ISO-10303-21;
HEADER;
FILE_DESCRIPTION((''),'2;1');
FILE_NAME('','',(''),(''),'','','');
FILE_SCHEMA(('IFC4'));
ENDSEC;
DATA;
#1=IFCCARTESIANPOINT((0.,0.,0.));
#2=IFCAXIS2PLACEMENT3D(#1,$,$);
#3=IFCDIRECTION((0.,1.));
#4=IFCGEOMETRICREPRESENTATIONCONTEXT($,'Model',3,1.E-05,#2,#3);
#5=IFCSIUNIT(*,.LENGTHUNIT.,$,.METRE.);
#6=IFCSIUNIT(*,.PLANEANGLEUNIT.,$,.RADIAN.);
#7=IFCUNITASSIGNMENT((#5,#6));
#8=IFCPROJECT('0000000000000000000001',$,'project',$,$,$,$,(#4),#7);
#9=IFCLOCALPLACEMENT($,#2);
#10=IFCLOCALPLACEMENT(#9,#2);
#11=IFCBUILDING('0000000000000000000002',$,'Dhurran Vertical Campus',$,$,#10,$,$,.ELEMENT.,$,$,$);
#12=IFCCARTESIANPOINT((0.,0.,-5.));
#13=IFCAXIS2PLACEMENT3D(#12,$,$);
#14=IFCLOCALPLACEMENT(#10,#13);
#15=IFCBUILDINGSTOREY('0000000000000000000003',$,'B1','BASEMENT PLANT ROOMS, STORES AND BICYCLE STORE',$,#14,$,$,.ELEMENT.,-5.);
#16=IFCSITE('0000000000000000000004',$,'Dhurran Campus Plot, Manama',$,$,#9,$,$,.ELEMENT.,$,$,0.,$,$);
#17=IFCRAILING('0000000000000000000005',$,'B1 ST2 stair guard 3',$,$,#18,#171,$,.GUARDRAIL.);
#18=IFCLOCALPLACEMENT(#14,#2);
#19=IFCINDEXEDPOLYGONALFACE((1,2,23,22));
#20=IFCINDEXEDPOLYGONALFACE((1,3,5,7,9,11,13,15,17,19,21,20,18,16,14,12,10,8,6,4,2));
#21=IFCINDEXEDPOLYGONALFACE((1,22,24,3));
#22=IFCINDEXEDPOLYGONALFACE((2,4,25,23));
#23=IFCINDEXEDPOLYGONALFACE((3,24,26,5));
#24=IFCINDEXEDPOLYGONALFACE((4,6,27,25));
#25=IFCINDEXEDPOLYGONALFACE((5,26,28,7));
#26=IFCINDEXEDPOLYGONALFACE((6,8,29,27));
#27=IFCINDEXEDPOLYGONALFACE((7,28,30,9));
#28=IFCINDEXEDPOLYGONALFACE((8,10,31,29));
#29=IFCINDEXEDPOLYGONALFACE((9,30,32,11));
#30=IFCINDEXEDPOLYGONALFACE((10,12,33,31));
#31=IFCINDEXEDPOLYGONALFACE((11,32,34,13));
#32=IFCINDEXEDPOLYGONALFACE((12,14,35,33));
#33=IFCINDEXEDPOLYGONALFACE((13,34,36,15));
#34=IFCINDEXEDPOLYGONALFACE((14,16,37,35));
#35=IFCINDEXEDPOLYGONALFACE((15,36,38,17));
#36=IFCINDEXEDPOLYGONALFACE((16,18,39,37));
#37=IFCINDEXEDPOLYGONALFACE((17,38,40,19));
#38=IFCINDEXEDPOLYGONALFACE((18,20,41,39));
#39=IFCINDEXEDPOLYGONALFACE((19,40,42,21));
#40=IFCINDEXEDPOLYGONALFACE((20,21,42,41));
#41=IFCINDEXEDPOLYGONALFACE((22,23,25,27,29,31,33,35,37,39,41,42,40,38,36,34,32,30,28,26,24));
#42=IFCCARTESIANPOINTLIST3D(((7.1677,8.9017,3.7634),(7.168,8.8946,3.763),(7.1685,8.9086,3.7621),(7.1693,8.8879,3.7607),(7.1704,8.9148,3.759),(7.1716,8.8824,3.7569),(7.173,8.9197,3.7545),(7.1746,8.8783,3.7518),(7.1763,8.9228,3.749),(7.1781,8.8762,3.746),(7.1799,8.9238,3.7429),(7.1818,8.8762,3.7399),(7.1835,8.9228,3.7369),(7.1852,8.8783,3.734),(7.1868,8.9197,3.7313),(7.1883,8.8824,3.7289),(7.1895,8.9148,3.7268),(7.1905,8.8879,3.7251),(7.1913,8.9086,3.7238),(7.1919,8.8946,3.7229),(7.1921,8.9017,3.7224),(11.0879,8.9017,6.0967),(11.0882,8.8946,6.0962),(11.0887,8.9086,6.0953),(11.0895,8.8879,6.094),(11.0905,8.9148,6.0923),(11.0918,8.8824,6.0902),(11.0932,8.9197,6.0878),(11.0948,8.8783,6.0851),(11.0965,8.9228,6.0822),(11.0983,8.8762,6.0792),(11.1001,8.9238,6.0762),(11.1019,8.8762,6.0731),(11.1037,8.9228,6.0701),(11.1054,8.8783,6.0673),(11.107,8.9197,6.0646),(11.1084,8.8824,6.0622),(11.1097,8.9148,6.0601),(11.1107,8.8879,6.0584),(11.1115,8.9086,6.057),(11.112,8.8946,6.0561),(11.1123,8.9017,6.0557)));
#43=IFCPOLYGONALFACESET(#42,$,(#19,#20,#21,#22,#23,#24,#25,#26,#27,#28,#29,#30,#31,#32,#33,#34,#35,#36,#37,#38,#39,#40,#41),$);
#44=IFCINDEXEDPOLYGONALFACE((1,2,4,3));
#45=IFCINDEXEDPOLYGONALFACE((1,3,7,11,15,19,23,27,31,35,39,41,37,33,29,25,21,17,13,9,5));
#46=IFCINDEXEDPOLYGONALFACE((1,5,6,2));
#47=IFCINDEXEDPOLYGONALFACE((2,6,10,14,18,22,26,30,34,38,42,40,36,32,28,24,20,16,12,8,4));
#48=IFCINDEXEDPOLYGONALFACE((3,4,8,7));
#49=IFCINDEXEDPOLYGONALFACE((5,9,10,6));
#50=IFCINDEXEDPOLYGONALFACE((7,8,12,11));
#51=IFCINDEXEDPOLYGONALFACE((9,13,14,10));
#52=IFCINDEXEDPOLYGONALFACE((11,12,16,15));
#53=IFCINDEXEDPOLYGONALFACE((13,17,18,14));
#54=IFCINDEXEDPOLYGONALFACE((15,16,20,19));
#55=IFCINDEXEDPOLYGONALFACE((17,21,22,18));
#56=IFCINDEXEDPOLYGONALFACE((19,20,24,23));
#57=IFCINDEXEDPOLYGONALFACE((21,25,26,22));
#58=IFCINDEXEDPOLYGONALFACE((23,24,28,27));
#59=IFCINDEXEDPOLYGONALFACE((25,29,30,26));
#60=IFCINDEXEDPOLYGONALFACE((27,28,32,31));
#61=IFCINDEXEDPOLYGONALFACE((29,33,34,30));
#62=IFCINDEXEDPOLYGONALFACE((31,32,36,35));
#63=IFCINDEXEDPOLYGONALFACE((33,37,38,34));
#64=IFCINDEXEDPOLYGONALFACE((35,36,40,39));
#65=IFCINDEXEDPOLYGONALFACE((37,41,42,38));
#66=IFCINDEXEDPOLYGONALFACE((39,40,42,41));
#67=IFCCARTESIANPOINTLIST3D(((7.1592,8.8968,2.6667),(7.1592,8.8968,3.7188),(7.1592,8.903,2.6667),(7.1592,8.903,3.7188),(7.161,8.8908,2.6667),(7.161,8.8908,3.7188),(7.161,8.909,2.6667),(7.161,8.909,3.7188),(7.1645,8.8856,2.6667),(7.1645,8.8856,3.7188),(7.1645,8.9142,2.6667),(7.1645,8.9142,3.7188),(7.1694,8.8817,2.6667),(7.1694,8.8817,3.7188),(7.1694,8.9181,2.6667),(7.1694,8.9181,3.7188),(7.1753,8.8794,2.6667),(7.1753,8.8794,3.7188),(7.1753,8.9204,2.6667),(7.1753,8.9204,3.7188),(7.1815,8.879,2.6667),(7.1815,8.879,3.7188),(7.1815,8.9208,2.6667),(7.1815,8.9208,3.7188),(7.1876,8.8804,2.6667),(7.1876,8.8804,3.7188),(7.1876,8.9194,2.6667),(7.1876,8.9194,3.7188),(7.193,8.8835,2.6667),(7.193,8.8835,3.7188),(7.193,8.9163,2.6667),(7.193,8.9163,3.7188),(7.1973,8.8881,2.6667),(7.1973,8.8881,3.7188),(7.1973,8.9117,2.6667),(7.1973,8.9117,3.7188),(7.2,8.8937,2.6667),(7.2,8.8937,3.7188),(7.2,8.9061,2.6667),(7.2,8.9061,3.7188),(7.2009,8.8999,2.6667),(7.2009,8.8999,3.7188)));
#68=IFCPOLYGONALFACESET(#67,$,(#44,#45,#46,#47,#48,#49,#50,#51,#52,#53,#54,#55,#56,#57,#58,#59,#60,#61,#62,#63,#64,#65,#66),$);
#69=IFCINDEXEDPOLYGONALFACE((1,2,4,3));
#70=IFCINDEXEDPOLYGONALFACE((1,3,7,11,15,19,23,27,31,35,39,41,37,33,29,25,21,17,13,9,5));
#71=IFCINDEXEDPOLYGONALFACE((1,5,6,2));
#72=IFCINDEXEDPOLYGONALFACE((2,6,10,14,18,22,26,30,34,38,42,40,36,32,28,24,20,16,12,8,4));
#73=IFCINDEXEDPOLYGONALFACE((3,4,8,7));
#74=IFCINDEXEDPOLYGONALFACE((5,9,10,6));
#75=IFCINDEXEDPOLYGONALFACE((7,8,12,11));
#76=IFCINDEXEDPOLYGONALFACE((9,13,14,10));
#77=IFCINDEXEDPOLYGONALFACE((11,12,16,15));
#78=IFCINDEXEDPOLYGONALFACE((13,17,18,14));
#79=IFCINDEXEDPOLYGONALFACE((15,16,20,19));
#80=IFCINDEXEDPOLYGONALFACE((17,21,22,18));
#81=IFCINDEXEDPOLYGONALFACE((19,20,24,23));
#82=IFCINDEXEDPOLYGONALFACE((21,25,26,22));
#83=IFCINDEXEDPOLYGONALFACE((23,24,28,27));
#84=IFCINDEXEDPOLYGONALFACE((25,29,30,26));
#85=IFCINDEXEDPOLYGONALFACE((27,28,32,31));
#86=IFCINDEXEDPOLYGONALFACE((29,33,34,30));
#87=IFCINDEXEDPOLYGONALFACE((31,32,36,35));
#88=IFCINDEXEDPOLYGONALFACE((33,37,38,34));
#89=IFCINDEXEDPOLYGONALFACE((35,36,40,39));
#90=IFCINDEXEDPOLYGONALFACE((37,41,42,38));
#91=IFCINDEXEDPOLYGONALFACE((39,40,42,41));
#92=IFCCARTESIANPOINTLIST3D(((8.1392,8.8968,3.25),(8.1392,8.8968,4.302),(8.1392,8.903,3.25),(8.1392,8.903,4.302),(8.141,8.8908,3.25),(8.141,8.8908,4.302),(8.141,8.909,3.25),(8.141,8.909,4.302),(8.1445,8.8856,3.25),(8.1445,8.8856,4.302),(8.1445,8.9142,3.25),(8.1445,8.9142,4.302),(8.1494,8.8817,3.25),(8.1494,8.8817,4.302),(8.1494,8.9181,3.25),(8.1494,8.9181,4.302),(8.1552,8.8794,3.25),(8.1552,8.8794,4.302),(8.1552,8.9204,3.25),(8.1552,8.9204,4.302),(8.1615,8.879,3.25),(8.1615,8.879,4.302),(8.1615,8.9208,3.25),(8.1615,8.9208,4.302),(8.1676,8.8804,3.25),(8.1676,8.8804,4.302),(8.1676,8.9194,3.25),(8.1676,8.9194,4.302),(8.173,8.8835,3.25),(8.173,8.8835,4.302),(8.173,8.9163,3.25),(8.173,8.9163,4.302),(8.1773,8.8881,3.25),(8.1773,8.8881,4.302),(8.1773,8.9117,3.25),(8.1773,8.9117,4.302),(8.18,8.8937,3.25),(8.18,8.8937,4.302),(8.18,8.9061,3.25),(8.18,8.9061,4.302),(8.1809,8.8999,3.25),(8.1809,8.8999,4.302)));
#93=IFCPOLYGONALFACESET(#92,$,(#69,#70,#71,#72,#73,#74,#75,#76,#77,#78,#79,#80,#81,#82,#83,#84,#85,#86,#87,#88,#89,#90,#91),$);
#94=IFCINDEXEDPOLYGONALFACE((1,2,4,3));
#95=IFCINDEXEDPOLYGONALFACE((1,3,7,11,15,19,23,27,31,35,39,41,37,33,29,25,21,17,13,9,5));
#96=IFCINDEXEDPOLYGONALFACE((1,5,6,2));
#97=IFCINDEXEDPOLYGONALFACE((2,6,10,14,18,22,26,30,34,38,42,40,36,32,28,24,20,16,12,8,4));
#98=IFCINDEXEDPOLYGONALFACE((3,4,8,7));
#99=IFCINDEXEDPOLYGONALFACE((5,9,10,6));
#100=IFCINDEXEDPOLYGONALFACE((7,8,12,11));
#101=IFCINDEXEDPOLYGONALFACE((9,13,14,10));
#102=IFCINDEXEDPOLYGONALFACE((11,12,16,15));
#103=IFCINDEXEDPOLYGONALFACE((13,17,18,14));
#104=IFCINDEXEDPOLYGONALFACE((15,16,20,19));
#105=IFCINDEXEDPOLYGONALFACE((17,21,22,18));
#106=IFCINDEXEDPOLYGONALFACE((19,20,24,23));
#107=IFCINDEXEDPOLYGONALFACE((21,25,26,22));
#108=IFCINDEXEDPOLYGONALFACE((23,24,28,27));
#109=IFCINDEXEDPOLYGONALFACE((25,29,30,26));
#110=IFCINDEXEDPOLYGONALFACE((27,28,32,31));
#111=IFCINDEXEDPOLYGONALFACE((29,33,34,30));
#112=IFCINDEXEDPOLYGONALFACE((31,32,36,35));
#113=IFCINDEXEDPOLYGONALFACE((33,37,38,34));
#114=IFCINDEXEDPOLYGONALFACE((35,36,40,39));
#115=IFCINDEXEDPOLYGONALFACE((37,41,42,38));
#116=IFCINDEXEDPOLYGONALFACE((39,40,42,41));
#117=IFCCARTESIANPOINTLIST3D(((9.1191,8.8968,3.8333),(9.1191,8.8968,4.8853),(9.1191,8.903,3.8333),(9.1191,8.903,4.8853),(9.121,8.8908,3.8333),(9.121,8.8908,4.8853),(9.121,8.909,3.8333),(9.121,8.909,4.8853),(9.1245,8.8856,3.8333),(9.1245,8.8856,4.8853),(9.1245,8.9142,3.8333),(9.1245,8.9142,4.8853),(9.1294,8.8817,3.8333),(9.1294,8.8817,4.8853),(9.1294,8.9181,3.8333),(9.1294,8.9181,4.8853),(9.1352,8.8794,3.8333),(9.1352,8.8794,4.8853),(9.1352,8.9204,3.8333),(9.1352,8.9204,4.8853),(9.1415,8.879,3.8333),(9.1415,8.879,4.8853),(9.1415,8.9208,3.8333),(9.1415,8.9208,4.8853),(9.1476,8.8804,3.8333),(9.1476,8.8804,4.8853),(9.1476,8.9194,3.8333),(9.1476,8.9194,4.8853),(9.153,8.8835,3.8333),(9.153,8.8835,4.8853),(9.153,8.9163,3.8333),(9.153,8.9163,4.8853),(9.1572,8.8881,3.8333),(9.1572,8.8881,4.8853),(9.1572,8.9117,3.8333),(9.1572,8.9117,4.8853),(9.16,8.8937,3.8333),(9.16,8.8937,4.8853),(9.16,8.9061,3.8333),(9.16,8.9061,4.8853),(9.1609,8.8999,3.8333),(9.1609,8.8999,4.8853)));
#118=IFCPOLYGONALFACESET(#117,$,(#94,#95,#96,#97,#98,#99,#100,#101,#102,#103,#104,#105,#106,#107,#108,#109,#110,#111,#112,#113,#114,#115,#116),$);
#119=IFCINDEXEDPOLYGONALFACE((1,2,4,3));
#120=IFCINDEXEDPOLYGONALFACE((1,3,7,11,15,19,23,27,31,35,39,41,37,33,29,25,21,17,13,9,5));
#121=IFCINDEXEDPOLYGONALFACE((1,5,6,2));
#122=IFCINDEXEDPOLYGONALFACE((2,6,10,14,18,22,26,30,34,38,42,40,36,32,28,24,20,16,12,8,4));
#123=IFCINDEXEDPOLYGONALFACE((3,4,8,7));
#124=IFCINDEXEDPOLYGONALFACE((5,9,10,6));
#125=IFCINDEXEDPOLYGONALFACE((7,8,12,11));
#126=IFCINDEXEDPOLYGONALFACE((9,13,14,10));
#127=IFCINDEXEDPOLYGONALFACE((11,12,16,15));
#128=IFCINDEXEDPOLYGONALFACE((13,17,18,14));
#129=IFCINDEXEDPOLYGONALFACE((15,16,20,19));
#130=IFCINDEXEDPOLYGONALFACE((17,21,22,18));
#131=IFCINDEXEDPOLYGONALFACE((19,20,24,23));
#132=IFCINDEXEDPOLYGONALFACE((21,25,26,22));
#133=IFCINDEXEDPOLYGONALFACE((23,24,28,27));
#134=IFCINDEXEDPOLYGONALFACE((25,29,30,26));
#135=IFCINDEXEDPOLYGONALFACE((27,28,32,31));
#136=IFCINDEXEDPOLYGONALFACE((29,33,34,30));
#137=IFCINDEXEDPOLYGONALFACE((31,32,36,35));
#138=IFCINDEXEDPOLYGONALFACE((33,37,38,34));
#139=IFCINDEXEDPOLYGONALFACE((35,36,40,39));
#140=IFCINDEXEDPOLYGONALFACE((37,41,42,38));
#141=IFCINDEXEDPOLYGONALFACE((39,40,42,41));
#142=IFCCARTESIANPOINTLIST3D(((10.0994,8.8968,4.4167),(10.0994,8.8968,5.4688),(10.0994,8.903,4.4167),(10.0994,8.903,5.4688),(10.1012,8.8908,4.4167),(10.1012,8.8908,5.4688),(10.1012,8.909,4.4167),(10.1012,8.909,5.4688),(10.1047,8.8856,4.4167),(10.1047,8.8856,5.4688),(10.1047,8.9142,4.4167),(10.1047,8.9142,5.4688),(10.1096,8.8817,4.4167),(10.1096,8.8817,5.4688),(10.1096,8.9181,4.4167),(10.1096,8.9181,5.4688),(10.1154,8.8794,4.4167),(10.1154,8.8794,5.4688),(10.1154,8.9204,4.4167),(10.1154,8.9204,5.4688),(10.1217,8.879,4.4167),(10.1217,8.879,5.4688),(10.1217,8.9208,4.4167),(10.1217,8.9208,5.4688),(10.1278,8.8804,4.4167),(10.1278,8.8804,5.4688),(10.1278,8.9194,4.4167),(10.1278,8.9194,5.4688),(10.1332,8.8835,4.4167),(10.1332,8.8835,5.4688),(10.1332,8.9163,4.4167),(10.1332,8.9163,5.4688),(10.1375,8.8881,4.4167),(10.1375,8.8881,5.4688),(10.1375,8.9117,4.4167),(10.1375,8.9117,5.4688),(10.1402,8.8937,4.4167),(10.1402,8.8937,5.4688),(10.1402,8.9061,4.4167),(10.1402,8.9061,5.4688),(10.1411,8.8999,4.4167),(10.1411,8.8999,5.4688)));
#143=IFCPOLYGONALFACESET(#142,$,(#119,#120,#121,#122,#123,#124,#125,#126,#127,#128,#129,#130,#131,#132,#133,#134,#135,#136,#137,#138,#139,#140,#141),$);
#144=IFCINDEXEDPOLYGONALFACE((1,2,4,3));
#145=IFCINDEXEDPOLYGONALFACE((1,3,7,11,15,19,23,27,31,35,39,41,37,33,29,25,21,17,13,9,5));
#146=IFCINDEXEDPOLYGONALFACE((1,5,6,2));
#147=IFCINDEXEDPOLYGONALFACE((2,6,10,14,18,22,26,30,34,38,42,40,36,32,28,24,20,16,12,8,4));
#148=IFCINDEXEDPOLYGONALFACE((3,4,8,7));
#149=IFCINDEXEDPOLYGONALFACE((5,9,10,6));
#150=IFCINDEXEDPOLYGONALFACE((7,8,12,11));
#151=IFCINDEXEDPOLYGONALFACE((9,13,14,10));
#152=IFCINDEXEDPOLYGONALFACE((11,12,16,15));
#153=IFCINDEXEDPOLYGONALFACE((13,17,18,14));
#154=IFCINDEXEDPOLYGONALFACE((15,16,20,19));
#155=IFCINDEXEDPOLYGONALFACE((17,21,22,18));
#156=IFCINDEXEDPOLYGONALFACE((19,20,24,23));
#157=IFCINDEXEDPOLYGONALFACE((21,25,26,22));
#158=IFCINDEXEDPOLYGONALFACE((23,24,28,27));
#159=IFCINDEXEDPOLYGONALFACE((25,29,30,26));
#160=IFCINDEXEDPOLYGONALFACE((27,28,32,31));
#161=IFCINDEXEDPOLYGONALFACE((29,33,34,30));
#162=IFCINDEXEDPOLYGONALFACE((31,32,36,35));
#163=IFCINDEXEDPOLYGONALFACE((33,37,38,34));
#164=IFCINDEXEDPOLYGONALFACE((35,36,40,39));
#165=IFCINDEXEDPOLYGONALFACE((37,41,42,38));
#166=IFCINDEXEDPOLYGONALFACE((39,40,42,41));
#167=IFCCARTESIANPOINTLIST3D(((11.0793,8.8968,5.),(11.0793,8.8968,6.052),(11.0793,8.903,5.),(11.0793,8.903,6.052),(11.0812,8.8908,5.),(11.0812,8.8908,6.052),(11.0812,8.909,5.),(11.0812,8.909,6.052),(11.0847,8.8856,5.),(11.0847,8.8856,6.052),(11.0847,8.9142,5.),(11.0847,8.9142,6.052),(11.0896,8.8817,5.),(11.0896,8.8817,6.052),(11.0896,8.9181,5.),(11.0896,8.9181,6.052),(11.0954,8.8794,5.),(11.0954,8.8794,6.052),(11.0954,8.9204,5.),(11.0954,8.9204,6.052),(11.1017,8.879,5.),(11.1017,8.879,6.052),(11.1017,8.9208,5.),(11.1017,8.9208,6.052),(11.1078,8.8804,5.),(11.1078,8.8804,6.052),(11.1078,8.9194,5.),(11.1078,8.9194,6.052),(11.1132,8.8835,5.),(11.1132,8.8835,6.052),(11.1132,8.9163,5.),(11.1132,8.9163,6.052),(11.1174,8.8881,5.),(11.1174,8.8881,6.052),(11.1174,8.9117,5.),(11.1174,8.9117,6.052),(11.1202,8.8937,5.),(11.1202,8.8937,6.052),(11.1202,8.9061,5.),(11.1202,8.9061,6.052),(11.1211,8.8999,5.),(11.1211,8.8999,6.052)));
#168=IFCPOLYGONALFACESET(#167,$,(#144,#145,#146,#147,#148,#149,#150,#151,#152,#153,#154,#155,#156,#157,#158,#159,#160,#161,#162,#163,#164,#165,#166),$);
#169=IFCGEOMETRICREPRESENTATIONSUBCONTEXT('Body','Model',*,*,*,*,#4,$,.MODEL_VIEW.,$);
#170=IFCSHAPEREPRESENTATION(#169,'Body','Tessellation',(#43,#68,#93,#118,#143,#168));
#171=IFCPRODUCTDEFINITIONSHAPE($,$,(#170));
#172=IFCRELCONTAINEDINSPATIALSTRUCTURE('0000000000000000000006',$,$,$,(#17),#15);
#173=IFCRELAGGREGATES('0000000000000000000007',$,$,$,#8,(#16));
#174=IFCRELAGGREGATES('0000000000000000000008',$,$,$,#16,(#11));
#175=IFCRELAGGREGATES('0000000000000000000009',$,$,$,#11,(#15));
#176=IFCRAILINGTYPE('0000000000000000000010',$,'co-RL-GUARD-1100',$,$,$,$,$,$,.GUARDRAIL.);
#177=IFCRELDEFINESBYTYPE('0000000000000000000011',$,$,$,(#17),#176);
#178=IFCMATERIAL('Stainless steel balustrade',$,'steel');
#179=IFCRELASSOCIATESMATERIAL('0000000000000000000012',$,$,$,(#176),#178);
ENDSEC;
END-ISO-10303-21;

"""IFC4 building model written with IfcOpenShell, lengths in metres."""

from ifc_helpers import new_model, si_unit, direction, frame, origin, origin_2d, place, context, subcontext, project, spatial, circle, extrude, material, type_object, element, save


model = new_model("IFC4")

# Units and contexts
model_context = context("Model", 3, precision=1e-05, world=origin(), true_north=direction((0.0, 1.0)))
body_context = subcontext(model_context, "Body", "Model", "MODEL_VIEW")
ifc_project = project(units=[si_unit("LENGTHUNIT", "METRE"), si_unit("PLANEANGLEUNIT", "RADIAN")], contexts=[model_context])

# Site, building, storey
site_placement = place(None, origin())
site = spatial("IfcSite", under=ifc_project, at=site_placement, Name="Dhurran Campus Plot, Manama", CompositionType="ELEMENT", RefElevation=0.0)
building_placement = place(site_placement, origin())
building = spatial("IfcBuilding", under=site, at=building_placement, Name="Dhurran Vertical Campus", CompositionType="ELEMENT")
storey_placement = place(building_placement, frame((0.0, 0.0, -5.0)))
storey = spatial("IfcBuildingStorey", under=building, at=storey_placement, Name="B1", Description="BASEMENT PLANT ROOMS, STORES AND BICYCLE STORE", CompositionType="ELEMENT", Elevation=-5.0)

# Railing
ifc_material_1 = material(Name="Stainless steel balustrade", Category="steel")
railing_type_1 = type_object("IfcRailingType", Name="co-RL-GUARD-1100", PredefinedType="GUARDRAIL", material=ifc_material_1)
railing_1_placement = place(storey_placement, frame((7.1799, 8.8999, 2.6667)))
element("IfcRailing", 1, at=railing_1_placement, inside=storey, type_object=railing_type_1, Name="B1 ST2 stair guard 3", PredefinedType="GUARDRAIL", context=body_context, shape_type="SweptSolid", body=[
    extrude(circle(Radius=0.0239, at=origin_2d()), frame((0.0, 0.0, 1.0762), z_axis=(0.85931, 0.0, 0.511455), x_axis=(0.0, 1.0, 0.0)), (0.0, 0.0, 1.0), 4.562),
    extrude(circle(Radius=0.021, at=origin_2d()), origin(), (0.0, 0.0, 1.0), 1.052),
    extrude(circle(Radius=0.021, at=origin_2d()), frame((0.98, 0.0, 0.5833)), (0.0, 0.0, 1.0), 1.052),
    extrude(circle(Radius=0.021, at=origin_2d()), frame((1.96, 0.0, 1.1665)), (0.0, 0.0, 1.0), 1.052),
    extrude(circle(Radius=0.021, at=origin_2d()), frame((2.9402, 0.0, 1.75)), (0.0, 0.0, 1.0), 1.052),
    extrude(circle(Radius=0.021, at=origin_2d()), frame((3.9202, 0.0, 2.3333)), (0.0, 0.0, 1.0), 1.052),
])

save(model, "model.ifc")
